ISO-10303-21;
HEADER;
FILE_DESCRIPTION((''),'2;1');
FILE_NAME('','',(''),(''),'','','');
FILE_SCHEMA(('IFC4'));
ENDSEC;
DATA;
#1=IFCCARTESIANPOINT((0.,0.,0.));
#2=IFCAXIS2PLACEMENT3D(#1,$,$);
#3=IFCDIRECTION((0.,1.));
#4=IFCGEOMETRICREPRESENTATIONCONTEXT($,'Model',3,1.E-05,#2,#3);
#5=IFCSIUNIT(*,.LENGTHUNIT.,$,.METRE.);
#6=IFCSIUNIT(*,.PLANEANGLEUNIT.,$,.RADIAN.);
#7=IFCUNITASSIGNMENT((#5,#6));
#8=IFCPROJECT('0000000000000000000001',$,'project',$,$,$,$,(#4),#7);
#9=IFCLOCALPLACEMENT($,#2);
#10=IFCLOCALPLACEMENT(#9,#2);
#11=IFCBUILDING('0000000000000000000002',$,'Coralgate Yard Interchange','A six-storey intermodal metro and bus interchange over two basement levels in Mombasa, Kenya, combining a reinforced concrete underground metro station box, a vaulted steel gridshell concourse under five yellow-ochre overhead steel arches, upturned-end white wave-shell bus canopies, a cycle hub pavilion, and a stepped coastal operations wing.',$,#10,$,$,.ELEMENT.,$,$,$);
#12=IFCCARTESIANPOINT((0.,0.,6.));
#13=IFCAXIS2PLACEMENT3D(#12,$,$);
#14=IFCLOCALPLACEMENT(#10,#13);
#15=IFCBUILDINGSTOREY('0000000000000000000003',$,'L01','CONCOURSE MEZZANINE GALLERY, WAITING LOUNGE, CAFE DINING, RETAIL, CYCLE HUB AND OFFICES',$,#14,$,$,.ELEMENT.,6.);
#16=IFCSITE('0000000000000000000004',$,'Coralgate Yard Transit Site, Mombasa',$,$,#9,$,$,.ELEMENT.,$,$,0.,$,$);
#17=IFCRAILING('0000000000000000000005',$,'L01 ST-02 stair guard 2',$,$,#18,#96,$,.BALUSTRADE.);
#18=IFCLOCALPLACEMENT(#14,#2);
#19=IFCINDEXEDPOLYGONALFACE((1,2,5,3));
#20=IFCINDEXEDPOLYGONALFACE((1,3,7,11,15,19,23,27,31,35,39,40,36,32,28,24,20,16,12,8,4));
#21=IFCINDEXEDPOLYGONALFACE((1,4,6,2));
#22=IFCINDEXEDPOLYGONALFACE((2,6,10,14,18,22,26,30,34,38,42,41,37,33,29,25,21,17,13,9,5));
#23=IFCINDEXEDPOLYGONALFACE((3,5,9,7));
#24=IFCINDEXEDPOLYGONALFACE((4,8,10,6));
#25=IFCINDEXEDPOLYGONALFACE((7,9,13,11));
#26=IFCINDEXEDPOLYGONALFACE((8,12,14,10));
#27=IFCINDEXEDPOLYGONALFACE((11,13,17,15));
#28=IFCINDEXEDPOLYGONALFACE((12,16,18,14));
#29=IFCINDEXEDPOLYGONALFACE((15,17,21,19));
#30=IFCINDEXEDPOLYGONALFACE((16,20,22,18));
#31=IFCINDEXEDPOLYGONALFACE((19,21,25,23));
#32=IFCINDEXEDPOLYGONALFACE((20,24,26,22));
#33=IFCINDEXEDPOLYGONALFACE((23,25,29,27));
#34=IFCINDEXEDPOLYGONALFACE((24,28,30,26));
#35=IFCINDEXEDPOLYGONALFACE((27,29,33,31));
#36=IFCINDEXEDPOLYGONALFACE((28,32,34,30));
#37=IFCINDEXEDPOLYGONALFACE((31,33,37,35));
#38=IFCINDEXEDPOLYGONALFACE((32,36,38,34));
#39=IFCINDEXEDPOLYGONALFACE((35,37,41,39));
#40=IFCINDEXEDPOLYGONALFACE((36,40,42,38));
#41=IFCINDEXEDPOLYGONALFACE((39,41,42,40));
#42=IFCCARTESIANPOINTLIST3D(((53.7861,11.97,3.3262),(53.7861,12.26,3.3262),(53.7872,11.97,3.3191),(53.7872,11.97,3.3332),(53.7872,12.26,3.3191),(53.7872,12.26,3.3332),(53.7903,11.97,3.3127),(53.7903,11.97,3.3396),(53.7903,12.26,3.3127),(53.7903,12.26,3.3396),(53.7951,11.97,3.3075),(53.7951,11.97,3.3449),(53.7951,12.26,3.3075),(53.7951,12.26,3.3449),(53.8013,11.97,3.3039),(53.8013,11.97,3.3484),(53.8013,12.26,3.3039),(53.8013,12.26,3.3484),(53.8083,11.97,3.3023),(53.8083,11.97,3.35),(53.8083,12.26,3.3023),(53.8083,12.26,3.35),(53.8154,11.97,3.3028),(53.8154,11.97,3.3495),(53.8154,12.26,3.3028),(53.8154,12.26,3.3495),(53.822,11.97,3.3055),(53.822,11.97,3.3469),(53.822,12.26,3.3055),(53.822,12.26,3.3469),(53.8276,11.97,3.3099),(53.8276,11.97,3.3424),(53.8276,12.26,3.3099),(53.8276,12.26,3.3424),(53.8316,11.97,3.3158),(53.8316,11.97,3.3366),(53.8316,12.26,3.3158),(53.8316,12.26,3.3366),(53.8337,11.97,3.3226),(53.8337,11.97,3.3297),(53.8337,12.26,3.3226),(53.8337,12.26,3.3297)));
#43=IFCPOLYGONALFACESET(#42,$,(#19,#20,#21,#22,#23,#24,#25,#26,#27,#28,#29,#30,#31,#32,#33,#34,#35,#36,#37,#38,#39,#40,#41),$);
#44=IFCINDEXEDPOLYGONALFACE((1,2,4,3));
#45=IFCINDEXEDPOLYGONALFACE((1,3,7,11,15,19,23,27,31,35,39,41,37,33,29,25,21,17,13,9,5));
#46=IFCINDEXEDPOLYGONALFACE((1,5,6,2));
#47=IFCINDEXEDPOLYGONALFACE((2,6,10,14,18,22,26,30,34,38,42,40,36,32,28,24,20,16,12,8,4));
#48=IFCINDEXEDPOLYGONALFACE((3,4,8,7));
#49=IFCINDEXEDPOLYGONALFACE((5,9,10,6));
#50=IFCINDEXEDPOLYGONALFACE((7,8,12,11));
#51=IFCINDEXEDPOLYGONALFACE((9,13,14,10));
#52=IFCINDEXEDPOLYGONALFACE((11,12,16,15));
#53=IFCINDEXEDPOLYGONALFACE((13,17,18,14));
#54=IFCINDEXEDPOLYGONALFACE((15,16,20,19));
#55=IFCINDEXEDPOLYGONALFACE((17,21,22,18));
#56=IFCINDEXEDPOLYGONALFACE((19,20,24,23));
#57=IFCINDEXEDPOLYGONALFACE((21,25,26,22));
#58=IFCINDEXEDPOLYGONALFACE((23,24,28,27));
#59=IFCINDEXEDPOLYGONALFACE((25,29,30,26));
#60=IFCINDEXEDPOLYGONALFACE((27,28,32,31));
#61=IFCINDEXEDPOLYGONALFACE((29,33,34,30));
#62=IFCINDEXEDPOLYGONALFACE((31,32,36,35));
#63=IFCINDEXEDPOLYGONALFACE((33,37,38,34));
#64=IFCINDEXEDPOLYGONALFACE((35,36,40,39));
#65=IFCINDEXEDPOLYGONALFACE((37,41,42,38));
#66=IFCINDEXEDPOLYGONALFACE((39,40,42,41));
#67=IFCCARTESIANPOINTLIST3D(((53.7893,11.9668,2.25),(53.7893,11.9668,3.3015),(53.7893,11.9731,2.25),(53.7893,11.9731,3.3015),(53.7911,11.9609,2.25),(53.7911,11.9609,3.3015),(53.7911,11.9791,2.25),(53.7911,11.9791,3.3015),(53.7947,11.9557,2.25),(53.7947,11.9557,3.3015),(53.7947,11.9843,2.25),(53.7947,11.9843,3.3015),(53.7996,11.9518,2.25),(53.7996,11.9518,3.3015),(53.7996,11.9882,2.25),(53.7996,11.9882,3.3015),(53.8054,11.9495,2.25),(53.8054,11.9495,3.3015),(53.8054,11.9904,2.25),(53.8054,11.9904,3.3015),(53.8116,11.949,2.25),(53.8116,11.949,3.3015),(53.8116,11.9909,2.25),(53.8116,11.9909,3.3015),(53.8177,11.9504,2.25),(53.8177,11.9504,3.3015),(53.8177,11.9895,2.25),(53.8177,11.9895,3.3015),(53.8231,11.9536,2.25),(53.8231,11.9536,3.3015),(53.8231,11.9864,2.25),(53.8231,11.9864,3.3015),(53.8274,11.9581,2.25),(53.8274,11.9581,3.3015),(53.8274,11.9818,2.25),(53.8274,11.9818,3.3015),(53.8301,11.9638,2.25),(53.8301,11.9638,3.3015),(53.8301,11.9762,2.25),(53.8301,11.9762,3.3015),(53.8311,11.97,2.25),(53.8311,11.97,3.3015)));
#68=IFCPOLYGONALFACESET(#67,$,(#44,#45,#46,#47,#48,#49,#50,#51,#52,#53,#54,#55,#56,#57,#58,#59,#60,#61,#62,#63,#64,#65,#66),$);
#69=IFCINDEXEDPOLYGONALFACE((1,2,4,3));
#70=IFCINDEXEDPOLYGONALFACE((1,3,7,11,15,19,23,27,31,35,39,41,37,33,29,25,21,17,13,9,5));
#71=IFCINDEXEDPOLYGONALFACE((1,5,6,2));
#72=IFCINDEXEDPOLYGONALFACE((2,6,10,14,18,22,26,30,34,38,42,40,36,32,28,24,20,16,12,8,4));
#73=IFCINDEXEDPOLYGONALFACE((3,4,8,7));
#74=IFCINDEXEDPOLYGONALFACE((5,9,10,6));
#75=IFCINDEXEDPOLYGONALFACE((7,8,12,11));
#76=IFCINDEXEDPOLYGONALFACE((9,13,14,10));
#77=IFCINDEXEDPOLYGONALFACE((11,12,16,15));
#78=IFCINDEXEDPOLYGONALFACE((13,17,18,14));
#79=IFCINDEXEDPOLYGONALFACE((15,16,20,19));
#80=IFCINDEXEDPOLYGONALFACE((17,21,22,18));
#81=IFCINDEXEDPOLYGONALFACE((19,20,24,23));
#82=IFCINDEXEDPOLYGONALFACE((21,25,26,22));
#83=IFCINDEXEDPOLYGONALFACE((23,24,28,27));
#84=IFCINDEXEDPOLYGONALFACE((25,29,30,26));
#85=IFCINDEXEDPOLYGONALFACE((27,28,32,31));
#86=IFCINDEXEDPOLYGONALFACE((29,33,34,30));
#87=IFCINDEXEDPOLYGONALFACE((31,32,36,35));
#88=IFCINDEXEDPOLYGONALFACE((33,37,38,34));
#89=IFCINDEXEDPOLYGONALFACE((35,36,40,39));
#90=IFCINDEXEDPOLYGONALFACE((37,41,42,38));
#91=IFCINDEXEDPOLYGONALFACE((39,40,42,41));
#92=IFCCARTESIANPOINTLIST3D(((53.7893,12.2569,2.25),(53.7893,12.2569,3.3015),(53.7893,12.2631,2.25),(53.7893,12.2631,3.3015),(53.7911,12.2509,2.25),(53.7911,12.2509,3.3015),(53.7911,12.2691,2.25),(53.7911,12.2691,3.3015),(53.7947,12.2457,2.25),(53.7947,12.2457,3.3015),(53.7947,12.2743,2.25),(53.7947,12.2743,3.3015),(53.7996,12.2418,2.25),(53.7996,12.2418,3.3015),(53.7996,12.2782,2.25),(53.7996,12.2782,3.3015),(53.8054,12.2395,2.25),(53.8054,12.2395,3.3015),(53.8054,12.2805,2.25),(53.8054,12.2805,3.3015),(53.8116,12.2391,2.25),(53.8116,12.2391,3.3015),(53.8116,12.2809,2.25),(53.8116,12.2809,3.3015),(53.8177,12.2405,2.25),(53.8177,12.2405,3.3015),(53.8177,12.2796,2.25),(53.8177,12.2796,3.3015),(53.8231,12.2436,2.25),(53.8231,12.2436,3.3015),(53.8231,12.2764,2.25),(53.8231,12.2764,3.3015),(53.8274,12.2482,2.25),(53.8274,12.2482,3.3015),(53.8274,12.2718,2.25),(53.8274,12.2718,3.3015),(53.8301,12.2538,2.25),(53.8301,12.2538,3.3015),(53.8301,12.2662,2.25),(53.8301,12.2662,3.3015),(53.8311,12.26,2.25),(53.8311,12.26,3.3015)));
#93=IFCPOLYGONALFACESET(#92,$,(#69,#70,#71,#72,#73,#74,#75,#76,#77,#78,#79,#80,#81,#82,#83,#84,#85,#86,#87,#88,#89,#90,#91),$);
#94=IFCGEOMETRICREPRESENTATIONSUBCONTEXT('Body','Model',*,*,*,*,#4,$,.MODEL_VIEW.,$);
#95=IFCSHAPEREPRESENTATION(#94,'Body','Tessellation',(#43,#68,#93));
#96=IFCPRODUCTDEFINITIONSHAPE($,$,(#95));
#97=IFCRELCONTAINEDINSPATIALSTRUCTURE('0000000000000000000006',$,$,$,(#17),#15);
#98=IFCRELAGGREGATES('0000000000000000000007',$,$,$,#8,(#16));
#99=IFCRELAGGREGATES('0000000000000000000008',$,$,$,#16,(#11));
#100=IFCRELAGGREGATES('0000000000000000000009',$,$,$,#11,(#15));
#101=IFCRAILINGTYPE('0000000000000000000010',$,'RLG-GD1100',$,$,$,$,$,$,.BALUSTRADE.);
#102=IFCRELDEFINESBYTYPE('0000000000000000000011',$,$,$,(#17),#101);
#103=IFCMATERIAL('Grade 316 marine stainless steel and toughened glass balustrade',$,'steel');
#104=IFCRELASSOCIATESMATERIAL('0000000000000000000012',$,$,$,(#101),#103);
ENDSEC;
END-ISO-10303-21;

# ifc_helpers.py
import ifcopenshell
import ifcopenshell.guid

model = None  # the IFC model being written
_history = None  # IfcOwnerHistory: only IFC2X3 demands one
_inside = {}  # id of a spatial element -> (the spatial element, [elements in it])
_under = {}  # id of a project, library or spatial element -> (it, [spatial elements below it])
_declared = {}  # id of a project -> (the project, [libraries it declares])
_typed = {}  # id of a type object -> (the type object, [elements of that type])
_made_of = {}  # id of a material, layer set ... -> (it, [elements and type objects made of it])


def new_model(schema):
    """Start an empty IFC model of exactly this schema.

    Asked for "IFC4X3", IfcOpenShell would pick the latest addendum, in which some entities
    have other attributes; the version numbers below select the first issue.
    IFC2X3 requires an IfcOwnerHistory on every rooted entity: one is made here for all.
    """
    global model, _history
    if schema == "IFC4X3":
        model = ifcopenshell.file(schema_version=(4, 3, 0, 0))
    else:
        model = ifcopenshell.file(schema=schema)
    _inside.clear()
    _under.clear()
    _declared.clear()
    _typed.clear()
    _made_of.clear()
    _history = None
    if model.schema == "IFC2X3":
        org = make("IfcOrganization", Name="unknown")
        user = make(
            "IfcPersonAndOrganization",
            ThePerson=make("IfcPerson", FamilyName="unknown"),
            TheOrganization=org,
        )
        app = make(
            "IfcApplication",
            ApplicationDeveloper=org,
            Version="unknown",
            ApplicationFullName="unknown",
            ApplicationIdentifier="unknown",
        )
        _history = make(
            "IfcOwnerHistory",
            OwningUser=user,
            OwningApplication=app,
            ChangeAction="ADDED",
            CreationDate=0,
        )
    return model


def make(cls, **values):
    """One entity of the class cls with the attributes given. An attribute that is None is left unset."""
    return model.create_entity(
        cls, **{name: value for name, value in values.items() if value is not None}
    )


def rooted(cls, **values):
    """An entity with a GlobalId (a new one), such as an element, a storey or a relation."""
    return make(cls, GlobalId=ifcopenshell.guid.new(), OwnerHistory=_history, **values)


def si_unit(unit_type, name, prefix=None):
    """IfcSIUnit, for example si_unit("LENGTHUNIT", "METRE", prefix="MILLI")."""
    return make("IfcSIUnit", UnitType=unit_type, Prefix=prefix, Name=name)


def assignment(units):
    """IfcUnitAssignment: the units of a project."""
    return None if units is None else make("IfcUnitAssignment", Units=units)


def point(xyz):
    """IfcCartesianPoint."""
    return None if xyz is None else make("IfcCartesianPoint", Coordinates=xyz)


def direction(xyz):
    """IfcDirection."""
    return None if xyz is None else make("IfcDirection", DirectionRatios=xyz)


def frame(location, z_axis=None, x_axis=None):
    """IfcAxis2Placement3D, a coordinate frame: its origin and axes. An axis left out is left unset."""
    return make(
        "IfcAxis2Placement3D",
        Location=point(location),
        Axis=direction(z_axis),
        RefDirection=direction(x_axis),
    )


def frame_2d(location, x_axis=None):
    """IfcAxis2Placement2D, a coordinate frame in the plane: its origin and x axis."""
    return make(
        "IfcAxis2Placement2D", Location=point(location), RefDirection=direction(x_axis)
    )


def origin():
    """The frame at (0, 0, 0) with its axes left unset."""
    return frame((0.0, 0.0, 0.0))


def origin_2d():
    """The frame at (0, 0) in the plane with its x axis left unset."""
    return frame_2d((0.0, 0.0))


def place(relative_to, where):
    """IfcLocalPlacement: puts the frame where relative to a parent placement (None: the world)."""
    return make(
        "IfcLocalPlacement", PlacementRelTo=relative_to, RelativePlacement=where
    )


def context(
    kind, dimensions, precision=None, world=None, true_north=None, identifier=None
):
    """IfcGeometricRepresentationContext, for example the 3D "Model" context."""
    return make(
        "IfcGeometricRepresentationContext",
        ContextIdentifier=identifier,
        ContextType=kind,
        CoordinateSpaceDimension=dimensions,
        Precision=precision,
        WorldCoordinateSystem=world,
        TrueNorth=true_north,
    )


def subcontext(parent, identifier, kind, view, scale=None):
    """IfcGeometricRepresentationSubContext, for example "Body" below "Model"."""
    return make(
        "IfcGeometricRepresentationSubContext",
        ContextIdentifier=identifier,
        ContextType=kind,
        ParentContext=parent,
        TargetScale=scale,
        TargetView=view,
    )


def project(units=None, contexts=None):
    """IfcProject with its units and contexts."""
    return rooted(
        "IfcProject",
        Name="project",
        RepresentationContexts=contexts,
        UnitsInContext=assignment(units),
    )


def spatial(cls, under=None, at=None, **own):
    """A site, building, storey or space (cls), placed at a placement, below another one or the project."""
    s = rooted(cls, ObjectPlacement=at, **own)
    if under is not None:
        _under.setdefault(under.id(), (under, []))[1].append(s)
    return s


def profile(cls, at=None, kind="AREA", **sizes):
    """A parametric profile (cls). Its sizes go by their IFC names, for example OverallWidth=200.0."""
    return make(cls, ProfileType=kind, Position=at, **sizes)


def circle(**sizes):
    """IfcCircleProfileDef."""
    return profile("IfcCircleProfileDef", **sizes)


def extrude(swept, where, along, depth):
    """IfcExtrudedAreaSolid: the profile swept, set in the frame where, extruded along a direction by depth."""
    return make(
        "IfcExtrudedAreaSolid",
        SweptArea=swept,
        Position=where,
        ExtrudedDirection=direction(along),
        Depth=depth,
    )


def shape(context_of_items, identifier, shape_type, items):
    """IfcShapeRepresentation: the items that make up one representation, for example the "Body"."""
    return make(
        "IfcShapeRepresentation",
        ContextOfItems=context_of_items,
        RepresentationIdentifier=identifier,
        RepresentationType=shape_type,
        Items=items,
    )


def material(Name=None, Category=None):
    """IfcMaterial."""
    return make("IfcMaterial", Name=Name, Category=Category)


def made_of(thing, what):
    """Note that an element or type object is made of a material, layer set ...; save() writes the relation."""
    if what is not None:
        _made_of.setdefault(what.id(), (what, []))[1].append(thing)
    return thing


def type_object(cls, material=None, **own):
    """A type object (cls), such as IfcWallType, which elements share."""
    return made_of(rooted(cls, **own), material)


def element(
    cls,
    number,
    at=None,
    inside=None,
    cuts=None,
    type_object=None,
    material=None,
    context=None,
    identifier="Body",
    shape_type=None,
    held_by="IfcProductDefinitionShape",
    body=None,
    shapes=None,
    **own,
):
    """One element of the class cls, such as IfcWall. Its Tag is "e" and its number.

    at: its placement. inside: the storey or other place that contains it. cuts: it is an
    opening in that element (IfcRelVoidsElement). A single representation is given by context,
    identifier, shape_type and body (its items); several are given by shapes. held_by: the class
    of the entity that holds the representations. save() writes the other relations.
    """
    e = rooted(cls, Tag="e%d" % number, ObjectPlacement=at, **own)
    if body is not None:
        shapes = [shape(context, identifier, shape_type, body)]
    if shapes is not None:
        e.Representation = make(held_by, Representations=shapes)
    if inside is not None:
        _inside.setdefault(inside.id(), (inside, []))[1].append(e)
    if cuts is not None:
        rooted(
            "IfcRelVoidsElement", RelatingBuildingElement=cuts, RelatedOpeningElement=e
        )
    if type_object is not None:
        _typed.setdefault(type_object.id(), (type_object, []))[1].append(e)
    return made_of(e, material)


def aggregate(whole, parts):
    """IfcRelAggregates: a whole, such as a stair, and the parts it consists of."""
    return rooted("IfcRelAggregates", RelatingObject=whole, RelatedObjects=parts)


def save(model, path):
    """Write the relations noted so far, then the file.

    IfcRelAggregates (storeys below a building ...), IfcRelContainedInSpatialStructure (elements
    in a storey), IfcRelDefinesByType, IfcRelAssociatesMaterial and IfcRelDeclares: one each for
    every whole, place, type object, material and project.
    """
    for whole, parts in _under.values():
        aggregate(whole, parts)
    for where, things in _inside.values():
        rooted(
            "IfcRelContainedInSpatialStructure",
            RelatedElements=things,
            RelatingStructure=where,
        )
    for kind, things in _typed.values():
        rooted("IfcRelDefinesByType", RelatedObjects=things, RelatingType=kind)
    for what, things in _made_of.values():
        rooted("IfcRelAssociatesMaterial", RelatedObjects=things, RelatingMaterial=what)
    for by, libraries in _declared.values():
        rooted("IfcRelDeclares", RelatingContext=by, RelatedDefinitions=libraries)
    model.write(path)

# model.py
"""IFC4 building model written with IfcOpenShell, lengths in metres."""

from ifc_helpers import new_model, si_unit, direction, frame, origin, origin_2d, place, context, subcontext, project, spatial, circle, extrude, material, type_object, element, save


model = new_model("IFC4")

# Units and contexts
model_context = context("Model", 3, precision=1e-05, world=origin(), true_north=direction((0.0, 1.0)))
body_context = subcontext(model_context, "Body", "Model", "MODEL_VIEW")
ifc_project = project(units=[si_unit("LENGTHUNIT", "METRE"), si_unit("PLANEANGLEUNIT", "RADIAN")], contexts=[model_context])

# Site, building, storey
site_placement = place(None, origin())
site = spatial("IfcSite", under=ifc_project, at=site_placement, Name="Coralgate Yard Transit Site, Mombasa", CompositionType="ELEMENT", RefElevation=0.0)
building_placement = place(site_placement, origin())
building = spatial("IfcBuilding", under=site, at=building_placement, Name="Coralgate Yard Interchange", Description="A six-storey intermodal metro and bus interchange over two basement levels in Mombasa, Kenya, combining a reinforced concrete underground metro station box, a vaulted steel gridshell concourse under five yellow-ochre overhead steel arches, upturned-end white wave-shell bus canopies, a cycle hub pavilion, and a stepped coastal operations wing.", CompositionType="ELEMENT")
storey_placement = place(building_placement, frame((0.0, 0.0, 6.0)))
storey = spatial("IfcBuildingStorey", under=building, at=storey_placement, Name="L01", Description="CONCOURSE MEZZANINE GALLERY, WAITING LOUNGE, CAFE DINING, RETAIL, CYCLE HUB AND OFFICES", CompositionType="ELEMENT", Elevation=6.0)

# Railing
ifc_material_1 = material(Name="Grade 316 marine stainless steel and toughened glass balustrade", Category="steel")
railing_type_1 = type_object("IfcRailingType", Name="RLG-GD1100", PredefinedType="BALUSTRADE", material=ifc_material_1)
railing_1_placement = place(storey_placement, frame((53.8101, 11.97, 2.25)))
element("IfcRailing", 1, at=railing_1_placement, inside=storey, type_object=railing_type_1, Name="L01 ST-02 stair guard 2", PredefinedType="BALUSTRADE", context=body_context, shape_type="SweptSolid", body=[
    extrude(circle(Radius=0.0239, at=origin_2d()), frame((0.0, 0.0, 1.0762), z_axis=(0.0, 1.0, 0.0), x_axis=(-1.0, 0.0, 0.0)), (0.0, 0.0, 1.0), 0.29),
    extrude(circle(Radius=0.021, at=origin_2d()), origin(), (0.0, 0.0, 1.0), 1.0515),
    extrude(circle(Radius=0.021, at=origin_2d()), frame((0.0, 0.29, 0.0)), (0.0, 0.0, 1.0), 1.0515),
])

save(model, "model.ifc")
